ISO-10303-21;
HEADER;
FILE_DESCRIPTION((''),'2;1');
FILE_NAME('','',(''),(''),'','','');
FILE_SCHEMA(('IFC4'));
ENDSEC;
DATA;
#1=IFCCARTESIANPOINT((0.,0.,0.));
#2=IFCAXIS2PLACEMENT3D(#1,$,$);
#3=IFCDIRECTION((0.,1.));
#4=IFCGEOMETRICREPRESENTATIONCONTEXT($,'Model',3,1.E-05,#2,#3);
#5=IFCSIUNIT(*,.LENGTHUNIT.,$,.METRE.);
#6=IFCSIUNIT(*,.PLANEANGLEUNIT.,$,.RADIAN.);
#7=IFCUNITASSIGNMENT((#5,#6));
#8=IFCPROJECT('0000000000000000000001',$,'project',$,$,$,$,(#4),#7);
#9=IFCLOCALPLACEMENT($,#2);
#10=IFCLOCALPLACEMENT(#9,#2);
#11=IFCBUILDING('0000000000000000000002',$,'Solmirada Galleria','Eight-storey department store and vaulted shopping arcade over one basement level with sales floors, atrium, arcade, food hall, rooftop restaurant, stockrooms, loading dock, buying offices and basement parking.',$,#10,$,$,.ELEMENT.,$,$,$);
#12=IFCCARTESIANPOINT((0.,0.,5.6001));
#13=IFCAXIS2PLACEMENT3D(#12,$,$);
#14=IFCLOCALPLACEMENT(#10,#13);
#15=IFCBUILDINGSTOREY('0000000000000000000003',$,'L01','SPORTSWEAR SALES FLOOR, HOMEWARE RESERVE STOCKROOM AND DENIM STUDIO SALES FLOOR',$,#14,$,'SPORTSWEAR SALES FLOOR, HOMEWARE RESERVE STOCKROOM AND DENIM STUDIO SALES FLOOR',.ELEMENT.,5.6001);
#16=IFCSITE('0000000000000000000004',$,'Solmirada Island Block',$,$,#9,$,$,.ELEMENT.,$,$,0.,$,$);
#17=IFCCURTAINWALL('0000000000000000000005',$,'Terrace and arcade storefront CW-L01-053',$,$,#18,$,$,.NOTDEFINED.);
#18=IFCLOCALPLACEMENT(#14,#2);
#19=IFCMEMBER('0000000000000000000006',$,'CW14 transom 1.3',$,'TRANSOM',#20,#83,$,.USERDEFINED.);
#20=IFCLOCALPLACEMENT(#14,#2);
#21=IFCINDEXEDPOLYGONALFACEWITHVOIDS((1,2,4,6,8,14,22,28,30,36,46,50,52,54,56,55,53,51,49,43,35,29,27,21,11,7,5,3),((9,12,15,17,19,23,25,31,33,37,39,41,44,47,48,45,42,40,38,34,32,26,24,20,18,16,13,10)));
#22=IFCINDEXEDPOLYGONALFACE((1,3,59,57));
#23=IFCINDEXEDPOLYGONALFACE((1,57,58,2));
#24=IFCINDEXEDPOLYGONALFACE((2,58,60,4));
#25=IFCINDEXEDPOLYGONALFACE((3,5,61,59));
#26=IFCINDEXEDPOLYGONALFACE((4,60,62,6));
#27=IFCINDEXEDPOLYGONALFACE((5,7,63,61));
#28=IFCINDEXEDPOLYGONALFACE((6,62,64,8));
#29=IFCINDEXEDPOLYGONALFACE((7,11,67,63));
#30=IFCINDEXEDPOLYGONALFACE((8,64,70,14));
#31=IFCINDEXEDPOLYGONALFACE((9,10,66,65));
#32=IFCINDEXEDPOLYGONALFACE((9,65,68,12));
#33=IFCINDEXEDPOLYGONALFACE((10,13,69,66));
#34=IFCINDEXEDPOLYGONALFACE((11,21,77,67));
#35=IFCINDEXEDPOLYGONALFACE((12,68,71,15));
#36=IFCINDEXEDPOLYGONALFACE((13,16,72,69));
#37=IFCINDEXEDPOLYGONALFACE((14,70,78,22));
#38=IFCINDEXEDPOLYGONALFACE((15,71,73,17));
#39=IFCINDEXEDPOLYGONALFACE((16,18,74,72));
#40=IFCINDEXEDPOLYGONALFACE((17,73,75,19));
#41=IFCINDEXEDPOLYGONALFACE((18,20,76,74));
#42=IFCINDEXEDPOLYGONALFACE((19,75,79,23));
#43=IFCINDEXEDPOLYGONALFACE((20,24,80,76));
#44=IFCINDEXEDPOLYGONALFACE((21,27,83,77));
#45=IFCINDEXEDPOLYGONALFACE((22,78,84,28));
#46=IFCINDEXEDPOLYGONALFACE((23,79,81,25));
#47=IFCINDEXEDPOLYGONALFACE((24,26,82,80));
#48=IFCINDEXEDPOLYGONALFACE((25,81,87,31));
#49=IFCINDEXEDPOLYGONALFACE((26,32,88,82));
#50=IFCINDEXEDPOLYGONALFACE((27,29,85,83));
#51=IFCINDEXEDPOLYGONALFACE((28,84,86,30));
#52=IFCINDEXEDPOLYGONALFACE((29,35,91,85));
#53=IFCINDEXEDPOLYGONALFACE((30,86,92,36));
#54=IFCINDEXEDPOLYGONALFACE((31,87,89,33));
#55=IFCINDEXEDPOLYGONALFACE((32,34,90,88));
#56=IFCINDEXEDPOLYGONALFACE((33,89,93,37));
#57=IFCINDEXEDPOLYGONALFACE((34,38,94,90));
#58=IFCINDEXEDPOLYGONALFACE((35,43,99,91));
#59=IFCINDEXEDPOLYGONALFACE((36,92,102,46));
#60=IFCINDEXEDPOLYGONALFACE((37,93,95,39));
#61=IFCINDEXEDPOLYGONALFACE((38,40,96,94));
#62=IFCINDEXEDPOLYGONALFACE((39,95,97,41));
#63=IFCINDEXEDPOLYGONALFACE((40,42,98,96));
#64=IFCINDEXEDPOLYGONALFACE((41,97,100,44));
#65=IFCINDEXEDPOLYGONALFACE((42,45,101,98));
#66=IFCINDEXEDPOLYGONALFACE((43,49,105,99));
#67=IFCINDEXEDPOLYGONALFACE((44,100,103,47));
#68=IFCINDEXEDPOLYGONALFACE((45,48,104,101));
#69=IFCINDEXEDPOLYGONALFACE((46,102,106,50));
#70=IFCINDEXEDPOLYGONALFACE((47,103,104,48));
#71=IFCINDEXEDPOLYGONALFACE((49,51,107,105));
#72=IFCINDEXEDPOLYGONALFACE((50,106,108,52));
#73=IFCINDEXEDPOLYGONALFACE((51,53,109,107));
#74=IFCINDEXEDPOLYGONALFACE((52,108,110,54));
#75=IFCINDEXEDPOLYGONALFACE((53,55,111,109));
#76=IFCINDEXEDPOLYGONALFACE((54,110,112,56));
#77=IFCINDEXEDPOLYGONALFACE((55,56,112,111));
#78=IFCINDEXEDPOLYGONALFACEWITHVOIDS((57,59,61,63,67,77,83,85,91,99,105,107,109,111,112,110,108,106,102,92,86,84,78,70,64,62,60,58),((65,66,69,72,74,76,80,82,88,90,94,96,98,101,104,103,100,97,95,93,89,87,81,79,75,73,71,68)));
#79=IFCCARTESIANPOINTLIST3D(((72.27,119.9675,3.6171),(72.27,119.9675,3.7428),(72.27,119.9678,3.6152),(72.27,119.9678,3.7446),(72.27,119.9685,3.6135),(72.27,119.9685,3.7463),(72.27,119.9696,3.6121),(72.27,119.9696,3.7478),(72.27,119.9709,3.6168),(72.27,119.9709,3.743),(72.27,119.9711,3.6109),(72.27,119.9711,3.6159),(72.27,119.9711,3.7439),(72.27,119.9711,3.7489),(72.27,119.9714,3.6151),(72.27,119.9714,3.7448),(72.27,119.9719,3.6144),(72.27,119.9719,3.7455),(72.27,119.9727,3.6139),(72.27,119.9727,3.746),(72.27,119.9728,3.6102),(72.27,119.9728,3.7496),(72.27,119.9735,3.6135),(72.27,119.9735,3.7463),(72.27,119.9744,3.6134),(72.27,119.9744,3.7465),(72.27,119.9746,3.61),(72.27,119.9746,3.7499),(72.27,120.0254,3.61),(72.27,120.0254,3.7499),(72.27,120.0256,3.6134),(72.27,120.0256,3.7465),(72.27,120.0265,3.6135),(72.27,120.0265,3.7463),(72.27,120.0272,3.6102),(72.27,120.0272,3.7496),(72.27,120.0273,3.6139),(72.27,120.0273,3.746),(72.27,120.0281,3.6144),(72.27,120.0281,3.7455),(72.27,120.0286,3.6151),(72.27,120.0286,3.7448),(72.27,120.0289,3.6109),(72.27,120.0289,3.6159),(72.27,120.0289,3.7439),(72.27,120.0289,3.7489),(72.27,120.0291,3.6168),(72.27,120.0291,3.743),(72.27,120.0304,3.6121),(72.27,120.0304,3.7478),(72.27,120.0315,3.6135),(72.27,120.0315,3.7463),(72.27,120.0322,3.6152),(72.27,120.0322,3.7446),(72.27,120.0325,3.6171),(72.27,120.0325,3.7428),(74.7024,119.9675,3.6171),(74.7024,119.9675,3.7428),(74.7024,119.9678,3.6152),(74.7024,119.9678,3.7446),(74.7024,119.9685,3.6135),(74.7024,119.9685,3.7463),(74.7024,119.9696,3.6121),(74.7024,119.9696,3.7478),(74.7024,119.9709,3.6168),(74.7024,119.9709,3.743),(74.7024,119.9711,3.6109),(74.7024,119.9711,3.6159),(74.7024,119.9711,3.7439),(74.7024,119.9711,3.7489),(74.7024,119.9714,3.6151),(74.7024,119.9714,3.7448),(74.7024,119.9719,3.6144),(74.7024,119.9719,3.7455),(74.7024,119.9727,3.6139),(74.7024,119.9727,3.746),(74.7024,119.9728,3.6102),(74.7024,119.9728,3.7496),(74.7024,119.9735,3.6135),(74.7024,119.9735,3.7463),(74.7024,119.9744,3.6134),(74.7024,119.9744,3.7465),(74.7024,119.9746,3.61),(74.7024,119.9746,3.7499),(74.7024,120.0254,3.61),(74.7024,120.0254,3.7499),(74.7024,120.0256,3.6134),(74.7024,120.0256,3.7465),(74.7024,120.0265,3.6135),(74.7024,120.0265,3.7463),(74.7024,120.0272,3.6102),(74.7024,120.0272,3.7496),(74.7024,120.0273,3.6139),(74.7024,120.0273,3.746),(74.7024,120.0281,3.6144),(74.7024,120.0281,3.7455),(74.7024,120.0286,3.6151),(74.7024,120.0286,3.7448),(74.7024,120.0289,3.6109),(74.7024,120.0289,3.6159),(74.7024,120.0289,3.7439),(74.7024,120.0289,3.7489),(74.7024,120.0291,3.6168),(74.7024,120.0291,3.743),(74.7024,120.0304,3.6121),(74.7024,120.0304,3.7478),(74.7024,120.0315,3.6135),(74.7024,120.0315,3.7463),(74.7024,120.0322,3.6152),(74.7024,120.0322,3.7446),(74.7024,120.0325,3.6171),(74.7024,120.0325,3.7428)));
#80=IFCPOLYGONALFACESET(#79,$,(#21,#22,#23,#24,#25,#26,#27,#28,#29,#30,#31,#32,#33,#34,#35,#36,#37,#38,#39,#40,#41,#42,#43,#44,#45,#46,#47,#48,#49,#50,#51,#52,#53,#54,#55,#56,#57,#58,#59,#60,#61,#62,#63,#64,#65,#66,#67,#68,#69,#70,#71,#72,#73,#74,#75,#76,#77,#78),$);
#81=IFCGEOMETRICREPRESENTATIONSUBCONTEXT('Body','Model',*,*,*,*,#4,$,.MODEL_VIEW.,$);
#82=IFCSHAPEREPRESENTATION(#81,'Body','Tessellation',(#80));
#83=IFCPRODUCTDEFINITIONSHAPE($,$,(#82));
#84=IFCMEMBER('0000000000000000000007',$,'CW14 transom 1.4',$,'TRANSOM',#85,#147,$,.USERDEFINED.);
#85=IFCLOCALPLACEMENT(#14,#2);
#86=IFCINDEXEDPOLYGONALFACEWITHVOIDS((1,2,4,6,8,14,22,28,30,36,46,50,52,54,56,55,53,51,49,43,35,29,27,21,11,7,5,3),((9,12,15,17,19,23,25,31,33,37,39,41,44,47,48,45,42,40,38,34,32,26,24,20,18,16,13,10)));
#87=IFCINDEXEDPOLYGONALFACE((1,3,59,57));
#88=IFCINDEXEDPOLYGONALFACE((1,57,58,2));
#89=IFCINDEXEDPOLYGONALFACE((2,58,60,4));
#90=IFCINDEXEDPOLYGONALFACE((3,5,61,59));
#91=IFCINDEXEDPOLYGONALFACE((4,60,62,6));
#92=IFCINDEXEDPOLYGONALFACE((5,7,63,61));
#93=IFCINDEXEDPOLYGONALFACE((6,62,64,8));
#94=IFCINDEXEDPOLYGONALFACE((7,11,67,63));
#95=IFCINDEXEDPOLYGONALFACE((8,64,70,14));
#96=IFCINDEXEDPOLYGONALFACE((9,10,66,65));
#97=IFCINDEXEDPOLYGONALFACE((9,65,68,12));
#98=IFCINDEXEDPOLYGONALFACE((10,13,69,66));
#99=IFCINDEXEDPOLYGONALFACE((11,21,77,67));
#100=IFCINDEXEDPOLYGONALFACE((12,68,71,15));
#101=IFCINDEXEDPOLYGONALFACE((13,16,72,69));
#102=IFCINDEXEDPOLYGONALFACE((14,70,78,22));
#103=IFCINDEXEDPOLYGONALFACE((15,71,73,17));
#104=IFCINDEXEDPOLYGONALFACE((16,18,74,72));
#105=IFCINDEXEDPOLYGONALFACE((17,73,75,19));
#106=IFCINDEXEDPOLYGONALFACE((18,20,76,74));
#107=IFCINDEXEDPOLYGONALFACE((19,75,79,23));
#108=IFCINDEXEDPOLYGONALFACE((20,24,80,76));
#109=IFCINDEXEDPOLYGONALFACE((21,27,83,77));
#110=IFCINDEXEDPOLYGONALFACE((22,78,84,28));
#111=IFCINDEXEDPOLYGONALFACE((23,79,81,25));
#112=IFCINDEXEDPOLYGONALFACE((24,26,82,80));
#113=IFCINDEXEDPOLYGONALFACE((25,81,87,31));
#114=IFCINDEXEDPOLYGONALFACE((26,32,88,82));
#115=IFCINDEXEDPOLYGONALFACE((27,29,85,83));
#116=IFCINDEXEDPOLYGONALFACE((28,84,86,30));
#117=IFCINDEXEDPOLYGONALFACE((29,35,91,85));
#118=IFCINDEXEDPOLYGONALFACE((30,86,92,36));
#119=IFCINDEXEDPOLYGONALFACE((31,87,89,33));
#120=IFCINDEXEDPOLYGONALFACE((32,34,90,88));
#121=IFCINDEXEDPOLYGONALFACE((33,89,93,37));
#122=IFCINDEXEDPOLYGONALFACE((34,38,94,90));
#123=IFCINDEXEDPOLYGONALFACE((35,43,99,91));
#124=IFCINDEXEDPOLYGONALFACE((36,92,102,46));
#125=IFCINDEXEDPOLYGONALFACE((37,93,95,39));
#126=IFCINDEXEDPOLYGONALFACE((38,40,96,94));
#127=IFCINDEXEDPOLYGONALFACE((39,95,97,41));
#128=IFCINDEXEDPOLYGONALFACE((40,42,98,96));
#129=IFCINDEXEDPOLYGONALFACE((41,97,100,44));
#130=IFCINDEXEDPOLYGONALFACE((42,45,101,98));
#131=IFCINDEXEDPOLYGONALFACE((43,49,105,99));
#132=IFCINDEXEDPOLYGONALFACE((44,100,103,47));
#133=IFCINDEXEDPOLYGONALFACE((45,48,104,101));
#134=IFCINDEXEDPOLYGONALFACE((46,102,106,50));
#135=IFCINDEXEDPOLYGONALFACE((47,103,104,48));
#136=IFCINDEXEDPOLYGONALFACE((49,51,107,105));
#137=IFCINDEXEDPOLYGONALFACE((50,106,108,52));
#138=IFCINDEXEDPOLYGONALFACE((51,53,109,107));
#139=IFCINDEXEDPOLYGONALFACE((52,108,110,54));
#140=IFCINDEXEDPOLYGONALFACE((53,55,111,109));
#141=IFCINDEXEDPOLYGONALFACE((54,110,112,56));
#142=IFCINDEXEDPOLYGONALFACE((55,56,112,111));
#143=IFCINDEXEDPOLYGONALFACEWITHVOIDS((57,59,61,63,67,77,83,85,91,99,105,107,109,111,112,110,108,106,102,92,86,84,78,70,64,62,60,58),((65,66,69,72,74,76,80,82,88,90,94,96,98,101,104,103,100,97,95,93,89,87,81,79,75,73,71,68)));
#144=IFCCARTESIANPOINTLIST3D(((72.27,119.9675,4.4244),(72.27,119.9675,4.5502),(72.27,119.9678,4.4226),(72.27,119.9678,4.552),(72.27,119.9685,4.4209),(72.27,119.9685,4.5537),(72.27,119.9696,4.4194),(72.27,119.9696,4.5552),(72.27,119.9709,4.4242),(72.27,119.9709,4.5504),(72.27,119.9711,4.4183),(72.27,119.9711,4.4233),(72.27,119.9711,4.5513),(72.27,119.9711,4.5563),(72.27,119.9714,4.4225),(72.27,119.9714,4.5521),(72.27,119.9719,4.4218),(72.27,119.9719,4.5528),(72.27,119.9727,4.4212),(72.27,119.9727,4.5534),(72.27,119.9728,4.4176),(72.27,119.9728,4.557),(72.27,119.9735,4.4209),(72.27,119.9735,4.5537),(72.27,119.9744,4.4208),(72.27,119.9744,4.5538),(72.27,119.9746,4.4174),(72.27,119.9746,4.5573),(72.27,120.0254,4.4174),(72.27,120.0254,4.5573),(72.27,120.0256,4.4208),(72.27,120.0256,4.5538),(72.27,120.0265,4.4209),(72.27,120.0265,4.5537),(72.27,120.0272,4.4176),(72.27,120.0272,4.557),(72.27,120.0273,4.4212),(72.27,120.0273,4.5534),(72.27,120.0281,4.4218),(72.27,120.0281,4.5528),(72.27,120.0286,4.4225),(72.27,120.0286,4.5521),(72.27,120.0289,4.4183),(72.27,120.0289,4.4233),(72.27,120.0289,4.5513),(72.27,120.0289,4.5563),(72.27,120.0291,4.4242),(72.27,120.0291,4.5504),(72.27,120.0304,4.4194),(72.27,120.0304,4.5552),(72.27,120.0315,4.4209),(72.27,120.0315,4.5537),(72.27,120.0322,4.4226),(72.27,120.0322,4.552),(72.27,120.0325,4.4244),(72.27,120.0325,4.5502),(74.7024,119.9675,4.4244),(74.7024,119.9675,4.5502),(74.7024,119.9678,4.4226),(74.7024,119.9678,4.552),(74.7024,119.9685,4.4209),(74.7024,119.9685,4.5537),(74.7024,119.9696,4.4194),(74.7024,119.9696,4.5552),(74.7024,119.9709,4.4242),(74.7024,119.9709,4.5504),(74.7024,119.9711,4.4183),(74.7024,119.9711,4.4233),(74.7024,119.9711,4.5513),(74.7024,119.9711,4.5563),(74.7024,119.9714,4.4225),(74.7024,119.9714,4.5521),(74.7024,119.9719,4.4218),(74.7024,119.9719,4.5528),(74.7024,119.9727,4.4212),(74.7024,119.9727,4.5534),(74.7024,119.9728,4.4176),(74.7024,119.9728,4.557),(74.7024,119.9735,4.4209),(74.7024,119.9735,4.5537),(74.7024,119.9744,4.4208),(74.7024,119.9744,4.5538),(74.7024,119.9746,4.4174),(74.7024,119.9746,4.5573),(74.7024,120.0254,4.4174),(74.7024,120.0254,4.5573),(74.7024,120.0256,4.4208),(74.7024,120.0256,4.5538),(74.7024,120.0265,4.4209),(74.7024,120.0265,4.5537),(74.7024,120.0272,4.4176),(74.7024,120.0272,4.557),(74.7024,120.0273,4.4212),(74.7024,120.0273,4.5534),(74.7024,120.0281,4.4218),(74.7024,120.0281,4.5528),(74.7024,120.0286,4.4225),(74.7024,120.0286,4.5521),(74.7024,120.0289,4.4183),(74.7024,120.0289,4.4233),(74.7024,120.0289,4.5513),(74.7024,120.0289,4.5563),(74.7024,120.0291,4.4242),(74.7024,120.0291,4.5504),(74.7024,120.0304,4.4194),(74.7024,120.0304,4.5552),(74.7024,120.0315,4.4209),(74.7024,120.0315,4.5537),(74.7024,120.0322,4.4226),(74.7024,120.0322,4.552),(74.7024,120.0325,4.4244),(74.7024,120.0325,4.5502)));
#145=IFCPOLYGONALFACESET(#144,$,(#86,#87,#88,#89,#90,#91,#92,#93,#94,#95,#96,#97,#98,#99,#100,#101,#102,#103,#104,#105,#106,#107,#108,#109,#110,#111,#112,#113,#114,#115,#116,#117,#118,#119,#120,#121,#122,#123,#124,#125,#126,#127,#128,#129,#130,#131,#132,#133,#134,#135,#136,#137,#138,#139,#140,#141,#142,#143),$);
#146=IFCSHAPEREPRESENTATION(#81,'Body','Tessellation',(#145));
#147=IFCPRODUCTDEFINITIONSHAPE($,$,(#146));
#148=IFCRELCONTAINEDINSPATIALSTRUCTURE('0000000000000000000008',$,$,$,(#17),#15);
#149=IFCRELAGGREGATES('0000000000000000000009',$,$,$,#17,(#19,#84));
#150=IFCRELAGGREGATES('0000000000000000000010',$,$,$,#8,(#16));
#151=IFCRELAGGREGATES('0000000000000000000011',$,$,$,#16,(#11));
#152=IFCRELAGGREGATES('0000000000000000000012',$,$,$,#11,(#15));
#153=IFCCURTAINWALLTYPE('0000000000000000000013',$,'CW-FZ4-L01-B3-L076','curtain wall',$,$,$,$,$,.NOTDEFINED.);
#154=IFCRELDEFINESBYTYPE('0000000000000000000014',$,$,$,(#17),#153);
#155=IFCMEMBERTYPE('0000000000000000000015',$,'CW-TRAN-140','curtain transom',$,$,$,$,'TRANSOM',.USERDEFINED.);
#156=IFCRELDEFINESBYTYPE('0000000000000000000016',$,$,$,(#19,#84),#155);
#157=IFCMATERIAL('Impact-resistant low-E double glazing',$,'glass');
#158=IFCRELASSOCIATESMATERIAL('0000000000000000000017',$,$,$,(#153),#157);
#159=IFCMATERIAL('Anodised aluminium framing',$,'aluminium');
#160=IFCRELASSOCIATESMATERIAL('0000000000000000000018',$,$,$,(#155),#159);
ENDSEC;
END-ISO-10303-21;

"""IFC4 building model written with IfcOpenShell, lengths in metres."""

from ifc_helpers import new_model, si_unit, direction, frame, origin, origin_2d, place, context, subcontext, project, spatial, hollow_rectangle, extrude, material, material_profile, profile_set, type_object, element, aggregate, save


model = new_model("IFC4")

# Units and contexts
model_context = context("Model", 3, precision=1e-05, world=origin(), true_north=direction((0.0, 1.0)))
body_context = subcontext(model_context, "Body", "Model", "MODEL_VIEW")
ifc_project = project(units=[si_unit("LENGTHUNIT", "METRE"), si_unit("PLANEANGLEUNIT", "RADIAN")], contexts=[model_context])

# Site, building, storey
site_placement = place(None, origin())
site = spatial("IfcSite", under=ifc_project, at=site_placement, Name="Solmirada Island Block", CompositionType="ELEMENT", RefElevation=0.0)
building_placement = place(site_placement, origin())
building = spatial("IfcBuilding", under=site, at=building_placement, Name="Solmirada Galleria", Description="Eight-storey department store and vaulted shopping arcade over one basement level with sales floors, atrium, arcade, food hall, rooftop restaurant, stockrooms, loading dock, buying offices and basement parking.", CompositionType="ELEMENT")
storey_placement = place(building_placement, frame((0.0, 0.0, 5.6001)))
storey = spatial("IfcBuildingStorey", under=building, at=storey_placement, Name="L01", Description="SPORTSWEAR SALES FLOOR, HOMEWARE RESERVE STOCKROOM AND DENIM STUDIO SALES FLOOR", LongName="SPORTSWEAR SALES FLOOR, HOMEWARE RESERVE STOCKROOM AND DENIM STUDIO SALES FLOOR", CompositionType="ELEMENT", Elevation=5.6001)

# Curtain wall, members
ifc_material_1 = material(Name="Impact-resistant low-E double glazing", Category="glass")
curtain_wall_type = type_object("IfcCurtainWallType", Name="CW-FZ4-L01-B3-L076", Description="curtain wall", PredefinedType="NOTDEFINED", material=ifc_material_1)
curtain_wall_placement = place(storey_placement, origin())
curtain_wall = element("IfcCurtainWall", 1, at=curtain_wall_placement, inside=storey, type_object=curtain_wall_type, Name="Terrace and arcade storefront CW-L01-053", PredefinedType="NOTDEFINED")
ifc_material_2 = material(Name="Anodised aluminium framing", Category="aluminium")
ifc_material_profile_1 = material_profile(ifc_material_2, hollow_rectangle(XDim=0.0649, YDim=0.1399, WallThickness=0.0034, InnerFilletRadius=0.0034, OuterFilletRadius=0.0071, at=origin_2d()), Name="ALU-TRAN-140X65")
ifc_profile_set_1 = profile_set([ifc_material_profile_1], Name="Anodised aluminium framing")
member_type_1 = type_object("IfcMemberType", Name="CW-TRAN-140", Description="curtain transom", ElementType="TRANSOM", PredefinedType="USERDEFINED", material=ifc_profile_set_1)
member_1_placement = place(storey_placement, frame((72.27, 120.0, 3.6799), z_axis=(1.0, 0.0, 0.0), x_axis=(0.0, 1.0, 0.0)))
member_1 = element("IfcMember", 2, at=member_1_placement, type_object=member_type_1, Name="CW14 transom 1.3", ObjectType="TRANSOM", PredefinedType="USERDEFINED", context=body_context, shape_type="SweptSolid", body=[
    extrude(hollow_rectangle(XDim=0.0649, YDim=0.1399, WallThickness=0.0034, InnerFilletRadius=0.0034, OuterFilletRadius=0.0071, at=origin_2d()), origin(), (0.0, 0.0, 1.0), 2.4324),
])
member_2_placement = place(storey_placement, frame((72.27, 120.0, 4.4873), z_axis=(1.0, 0.0, 0.0), x_axis=(0.0, 1.0, 0.0)))
member_2 = element("IfcMember", 3, at=member_2_placement, type_object=member_type_1, Name="CW14 transom 1.4", ObjectType="TRANSOM", PredefinedType="USERDEFINED", context=body_context, shape_type="SweptSolid", body=[
    extrude(hollow_rectangle(XDim=0.0649, YDim=0.1399, WallThickness=0.0034, InnerFilletRadius=0.0034, OuterFilletRadius=0.0071, at=origin_2d()), origin(), (0.0, 0.0, 1.0), 2.4324),
])

aggregate(curtain_wall, [member_1, member_2])

save(model, "model.ifc")
